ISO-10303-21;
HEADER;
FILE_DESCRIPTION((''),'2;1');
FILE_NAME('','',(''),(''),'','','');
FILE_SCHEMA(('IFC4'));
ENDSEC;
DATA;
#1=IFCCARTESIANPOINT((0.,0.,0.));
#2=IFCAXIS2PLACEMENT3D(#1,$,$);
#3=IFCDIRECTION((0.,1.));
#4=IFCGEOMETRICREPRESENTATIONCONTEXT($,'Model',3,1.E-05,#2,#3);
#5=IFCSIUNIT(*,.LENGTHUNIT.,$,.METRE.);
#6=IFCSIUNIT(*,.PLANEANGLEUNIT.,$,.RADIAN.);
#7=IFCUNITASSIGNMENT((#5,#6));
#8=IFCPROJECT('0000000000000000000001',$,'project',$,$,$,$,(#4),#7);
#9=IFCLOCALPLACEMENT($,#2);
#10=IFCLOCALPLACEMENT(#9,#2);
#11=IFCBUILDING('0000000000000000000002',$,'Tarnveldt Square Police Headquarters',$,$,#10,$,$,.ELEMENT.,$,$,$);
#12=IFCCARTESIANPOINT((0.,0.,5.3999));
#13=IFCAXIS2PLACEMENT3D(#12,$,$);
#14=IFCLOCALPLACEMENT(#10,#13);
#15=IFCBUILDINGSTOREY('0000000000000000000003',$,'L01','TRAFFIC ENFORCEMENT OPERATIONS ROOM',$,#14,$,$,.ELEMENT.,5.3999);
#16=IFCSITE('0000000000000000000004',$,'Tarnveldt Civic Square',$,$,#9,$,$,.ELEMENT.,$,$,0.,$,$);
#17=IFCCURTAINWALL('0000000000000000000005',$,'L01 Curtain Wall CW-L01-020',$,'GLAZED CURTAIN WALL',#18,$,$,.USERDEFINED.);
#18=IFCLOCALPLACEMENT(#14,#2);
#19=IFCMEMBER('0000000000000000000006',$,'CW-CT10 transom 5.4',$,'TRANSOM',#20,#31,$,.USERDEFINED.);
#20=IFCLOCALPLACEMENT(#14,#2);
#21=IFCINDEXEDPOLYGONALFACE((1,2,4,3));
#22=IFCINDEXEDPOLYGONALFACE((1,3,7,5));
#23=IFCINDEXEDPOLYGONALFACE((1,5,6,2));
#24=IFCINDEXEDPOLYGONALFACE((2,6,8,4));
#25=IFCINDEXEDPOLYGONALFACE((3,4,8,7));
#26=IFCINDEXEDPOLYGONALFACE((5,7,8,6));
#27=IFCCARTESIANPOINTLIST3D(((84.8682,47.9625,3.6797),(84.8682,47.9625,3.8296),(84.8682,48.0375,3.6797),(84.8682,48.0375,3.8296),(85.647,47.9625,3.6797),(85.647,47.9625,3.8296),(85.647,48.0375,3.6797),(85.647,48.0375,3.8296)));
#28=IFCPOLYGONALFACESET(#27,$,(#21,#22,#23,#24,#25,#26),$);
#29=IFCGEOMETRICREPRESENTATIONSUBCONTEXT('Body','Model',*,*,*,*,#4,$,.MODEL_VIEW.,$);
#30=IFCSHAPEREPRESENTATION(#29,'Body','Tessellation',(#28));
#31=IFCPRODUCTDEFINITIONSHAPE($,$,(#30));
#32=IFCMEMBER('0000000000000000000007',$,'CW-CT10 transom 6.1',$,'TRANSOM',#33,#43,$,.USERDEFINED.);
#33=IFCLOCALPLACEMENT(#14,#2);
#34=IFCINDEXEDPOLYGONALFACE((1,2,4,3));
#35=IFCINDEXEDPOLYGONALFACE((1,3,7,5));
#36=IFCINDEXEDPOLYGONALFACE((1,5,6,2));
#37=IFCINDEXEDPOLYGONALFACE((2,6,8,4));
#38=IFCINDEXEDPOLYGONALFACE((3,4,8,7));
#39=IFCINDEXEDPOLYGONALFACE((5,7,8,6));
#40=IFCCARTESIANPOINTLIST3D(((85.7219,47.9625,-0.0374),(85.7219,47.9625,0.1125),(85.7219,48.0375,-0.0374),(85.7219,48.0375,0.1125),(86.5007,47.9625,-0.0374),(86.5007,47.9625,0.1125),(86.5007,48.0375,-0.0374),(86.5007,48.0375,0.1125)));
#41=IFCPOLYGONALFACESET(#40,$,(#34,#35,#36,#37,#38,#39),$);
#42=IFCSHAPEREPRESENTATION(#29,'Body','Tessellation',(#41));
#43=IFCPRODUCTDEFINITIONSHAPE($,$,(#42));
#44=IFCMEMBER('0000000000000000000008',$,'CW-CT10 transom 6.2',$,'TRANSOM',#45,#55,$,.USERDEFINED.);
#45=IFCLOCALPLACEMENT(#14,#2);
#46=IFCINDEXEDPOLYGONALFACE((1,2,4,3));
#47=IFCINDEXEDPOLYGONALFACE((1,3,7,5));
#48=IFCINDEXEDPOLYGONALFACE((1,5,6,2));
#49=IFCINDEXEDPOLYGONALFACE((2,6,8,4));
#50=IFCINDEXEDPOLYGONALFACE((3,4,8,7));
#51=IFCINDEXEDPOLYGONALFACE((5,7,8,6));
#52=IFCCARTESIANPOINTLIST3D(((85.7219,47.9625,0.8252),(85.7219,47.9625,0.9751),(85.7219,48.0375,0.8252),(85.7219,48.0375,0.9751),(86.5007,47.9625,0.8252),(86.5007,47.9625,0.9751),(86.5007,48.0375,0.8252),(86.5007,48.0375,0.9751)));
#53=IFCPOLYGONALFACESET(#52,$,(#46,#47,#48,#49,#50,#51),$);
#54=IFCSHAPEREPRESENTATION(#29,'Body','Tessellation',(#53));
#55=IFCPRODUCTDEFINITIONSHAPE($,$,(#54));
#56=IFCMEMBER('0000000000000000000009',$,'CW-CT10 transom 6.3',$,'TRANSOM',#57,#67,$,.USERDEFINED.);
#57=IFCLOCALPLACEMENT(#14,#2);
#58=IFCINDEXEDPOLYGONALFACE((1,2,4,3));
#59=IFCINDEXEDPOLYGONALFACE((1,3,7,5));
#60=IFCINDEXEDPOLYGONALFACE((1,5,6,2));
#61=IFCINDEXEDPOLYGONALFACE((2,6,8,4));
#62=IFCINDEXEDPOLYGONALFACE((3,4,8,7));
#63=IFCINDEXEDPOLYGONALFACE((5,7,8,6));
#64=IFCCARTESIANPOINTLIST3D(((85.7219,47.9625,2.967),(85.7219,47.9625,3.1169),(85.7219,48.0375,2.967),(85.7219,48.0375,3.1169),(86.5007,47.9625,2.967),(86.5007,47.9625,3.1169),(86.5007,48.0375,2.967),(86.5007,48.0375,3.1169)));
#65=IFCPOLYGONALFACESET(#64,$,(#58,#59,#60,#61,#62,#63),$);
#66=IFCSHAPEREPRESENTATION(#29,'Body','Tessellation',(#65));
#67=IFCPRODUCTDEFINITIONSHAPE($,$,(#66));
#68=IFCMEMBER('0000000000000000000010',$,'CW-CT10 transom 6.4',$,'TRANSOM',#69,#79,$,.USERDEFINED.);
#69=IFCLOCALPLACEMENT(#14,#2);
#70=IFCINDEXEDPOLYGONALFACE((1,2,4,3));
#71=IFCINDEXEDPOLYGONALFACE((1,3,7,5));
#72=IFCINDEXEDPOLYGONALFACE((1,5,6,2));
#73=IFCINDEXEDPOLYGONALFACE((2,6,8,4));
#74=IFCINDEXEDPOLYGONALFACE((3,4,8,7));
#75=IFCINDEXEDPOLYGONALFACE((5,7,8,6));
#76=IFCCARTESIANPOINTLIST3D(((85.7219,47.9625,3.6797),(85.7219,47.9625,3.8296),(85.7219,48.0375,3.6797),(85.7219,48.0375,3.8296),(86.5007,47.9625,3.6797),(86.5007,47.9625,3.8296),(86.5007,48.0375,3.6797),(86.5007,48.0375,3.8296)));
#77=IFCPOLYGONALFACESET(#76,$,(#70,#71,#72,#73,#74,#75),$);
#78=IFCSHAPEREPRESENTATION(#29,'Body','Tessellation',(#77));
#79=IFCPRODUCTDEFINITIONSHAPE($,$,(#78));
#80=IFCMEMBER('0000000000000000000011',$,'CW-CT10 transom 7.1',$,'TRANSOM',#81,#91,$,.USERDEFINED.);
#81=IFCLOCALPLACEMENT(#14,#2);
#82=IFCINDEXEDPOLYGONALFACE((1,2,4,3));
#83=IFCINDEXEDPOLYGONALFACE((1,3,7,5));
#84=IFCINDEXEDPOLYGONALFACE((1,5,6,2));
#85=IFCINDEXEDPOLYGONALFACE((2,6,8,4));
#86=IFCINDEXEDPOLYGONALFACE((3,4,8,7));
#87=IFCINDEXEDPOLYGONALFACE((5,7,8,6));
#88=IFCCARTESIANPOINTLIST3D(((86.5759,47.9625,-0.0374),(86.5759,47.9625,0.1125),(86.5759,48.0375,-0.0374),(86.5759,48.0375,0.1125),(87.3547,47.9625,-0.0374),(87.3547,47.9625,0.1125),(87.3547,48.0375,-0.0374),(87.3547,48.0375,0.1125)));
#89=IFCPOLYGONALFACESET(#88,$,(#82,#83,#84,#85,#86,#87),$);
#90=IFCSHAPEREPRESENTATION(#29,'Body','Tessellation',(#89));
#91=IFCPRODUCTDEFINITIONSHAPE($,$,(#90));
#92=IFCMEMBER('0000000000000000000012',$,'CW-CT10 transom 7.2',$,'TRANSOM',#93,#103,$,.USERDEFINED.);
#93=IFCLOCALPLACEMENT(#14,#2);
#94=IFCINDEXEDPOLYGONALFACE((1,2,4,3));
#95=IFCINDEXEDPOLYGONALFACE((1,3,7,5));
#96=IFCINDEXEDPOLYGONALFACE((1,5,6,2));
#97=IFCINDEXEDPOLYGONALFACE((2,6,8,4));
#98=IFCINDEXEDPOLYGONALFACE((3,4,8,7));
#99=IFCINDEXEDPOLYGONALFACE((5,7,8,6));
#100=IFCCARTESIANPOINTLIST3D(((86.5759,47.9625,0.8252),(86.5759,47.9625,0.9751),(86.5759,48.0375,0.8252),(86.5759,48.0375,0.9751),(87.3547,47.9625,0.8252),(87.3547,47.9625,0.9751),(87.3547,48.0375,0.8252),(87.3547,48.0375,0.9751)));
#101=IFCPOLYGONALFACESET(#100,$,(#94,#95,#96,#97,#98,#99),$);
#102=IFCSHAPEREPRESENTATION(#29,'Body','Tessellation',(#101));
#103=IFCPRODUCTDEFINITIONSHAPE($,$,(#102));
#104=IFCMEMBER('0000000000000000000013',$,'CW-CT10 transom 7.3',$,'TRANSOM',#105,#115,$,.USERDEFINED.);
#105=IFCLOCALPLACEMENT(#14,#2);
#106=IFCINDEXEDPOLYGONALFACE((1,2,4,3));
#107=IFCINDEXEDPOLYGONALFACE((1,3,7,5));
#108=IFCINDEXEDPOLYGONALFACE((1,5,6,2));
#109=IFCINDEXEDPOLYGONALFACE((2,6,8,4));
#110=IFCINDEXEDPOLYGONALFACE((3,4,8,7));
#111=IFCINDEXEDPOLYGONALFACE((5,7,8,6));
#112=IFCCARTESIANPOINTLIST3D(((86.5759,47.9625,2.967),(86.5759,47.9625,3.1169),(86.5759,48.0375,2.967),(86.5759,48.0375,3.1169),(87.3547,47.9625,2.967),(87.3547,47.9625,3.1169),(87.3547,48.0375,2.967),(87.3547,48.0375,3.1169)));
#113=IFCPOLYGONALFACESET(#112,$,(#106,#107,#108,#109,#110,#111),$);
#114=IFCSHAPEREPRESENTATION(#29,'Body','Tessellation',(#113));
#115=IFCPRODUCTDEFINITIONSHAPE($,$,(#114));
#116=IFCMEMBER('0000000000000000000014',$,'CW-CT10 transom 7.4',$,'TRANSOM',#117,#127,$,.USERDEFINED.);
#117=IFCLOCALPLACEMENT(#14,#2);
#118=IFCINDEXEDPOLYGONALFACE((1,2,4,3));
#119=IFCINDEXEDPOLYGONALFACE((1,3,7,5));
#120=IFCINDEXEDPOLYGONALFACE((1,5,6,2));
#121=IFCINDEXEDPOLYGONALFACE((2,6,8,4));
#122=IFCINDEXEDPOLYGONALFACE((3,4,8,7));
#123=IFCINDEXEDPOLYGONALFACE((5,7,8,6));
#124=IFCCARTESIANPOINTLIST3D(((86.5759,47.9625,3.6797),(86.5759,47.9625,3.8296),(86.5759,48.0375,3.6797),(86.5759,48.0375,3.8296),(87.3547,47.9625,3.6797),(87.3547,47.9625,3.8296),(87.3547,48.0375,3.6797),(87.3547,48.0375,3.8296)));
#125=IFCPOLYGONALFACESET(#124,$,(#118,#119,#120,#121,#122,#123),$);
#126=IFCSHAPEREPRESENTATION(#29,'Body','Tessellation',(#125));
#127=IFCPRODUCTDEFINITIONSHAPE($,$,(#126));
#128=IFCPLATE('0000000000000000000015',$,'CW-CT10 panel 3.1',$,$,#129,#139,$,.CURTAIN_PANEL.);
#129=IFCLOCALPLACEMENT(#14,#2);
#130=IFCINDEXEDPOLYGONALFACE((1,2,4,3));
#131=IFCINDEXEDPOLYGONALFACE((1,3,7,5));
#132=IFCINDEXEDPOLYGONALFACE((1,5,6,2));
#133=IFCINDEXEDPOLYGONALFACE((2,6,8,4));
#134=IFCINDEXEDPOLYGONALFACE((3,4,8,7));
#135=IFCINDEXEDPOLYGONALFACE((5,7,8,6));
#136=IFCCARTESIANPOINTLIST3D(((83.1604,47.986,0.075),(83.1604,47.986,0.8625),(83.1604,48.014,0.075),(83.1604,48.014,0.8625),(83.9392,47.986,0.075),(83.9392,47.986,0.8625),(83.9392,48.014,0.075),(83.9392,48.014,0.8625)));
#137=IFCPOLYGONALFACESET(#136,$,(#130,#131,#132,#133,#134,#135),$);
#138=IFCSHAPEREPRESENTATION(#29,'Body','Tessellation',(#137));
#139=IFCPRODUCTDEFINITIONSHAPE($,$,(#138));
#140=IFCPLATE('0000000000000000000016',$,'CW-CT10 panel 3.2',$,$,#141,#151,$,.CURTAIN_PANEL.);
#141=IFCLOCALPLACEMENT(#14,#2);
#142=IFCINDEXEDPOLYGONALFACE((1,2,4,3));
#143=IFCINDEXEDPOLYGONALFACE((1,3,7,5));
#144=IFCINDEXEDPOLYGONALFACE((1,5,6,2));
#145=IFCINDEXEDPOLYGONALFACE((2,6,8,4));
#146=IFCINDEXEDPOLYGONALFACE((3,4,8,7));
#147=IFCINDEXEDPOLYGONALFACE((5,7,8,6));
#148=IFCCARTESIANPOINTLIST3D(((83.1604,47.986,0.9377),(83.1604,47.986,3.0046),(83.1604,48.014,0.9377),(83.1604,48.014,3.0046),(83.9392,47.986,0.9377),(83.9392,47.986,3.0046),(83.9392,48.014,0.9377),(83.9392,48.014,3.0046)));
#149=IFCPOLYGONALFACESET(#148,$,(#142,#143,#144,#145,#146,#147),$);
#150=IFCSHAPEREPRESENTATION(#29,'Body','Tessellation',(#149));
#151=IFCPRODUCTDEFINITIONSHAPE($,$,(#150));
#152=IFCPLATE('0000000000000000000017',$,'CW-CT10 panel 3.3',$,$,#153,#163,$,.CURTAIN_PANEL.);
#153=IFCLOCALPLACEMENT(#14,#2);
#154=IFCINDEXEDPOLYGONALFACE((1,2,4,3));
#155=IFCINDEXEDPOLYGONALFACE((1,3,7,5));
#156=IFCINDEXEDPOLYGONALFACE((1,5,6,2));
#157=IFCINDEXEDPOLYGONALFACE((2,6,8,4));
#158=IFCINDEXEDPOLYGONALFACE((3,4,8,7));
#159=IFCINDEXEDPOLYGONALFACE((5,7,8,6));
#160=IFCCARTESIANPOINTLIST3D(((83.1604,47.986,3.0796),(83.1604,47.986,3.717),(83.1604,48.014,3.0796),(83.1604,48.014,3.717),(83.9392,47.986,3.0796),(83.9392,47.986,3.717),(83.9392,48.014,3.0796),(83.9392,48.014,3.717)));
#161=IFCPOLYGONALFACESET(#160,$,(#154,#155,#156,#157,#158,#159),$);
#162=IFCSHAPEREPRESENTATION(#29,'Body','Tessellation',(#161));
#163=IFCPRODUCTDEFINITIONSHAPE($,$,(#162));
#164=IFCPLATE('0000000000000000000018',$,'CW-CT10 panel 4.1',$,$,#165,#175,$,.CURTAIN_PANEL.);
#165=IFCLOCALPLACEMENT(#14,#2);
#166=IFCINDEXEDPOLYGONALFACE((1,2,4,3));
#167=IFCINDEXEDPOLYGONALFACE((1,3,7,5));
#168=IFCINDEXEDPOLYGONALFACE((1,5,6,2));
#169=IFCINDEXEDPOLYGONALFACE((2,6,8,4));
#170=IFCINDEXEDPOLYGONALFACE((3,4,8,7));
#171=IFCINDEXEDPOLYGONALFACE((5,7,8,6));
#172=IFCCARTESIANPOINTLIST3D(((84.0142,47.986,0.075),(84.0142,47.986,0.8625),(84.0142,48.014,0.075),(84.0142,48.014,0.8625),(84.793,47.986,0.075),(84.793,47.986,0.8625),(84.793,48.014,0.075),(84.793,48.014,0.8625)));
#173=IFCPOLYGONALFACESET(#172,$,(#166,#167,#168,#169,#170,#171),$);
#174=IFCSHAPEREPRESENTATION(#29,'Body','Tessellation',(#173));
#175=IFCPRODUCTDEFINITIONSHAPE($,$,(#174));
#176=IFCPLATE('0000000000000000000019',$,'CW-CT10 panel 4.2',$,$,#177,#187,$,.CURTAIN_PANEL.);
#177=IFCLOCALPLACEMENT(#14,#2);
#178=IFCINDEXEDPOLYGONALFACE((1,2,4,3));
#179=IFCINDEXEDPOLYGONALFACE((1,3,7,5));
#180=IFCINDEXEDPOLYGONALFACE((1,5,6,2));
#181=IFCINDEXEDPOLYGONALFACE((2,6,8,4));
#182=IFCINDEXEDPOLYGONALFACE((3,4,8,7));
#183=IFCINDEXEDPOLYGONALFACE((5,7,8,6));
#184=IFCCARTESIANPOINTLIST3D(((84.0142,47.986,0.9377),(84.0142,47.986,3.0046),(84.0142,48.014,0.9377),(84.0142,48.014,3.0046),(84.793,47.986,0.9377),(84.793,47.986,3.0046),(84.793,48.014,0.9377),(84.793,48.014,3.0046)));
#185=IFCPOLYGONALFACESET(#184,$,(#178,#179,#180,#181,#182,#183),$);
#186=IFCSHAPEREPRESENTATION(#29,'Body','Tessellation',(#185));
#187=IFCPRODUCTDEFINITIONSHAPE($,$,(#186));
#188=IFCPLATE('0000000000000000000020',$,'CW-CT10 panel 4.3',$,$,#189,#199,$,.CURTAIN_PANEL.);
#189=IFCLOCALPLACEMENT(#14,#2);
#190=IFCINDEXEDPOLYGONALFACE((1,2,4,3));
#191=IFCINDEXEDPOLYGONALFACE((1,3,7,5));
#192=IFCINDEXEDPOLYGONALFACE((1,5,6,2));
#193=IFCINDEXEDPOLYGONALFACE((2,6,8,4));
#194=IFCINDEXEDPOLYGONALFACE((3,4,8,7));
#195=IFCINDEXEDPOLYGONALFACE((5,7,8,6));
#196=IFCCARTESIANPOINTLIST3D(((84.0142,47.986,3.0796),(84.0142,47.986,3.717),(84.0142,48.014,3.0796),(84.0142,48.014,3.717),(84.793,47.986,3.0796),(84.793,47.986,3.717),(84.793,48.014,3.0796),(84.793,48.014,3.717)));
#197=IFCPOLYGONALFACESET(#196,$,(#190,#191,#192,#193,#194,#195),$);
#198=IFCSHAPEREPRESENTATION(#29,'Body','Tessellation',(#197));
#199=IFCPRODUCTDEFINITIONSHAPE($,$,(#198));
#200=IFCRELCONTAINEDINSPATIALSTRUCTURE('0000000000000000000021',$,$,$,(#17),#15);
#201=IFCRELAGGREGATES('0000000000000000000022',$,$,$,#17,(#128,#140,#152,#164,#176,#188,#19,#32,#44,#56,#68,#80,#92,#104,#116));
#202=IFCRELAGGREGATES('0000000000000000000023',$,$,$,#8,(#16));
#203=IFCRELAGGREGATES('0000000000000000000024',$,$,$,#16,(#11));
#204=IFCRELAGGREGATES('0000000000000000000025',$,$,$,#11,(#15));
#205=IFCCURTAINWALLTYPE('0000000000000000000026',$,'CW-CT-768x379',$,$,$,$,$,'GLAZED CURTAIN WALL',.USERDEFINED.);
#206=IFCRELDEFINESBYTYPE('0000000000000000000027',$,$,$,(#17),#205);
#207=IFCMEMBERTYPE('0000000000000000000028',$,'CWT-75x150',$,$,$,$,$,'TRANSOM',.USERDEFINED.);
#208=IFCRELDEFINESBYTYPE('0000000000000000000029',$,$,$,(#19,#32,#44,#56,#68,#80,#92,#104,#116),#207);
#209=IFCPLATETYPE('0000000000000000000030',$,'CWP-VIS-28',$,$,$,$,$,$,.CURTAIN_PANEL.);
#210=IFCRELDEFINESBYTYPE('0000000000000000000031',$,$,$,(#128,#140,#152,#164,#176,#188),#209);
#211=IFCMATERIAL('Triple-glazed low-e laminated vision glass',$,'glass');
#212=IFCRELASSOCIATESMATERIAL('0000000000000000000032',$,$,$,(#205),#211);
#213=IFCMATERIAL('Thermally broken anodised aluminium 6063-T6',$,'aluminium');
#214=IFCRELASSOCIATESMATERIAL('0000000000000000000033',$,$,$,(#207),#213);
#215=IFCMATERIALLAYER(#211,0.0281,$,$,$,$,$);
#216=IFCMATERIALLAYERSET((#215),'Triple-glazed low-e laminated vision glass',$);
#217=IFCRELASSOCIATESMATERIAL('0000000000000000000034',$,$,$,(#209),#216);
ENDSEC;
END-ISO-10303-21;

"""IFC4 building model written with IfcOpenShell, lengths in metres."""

from ifc_helpers import new_model, si_unit, direction, frame, origin, origin_2d, place, context, subcontext, project, spatial, rectangle, extrude, material, layer, layer_set, material_profile, profile_set, type_object, element, aggregate, save


model = new_model("IFC4")

# Units and contexts
model_context = context("Model", 3, precision=1e-05, world=origin(), true_north=direction((0.0, 1.0)))
body_context = subcontext(model_context, "Body", "Model", "MODEL_VIEW")
ifc_project = project(units=[si_unit("LENGTHUNIT", "METRE"), si_unit("PLANEANGLEUNIT", "RADIAN")], contexts=[model_context])

# Site, building, storey
site_placement = place(None, origin())
site = spatial("IfcSite", under=ifc_project, at=site_placement, Name="Tarnveldt Civic Square", CompositionType="ELEMENT", RefElevation=0.0)
building_placement = place(site_placement, origin())
building = spatial("IfcBuilding", under=site, at=building_placement, Name="Tarnveldt Square Police Headquarters", CompositionType="ELEMENT")
storey_placement = place(building_placement, frame((0.0, 0.0, 5.3999)))
storey = spatial("IfcBuildingStorey", under=building, at=storey_placement, Name="L01", Description="TRAFFIC ENFORCEMENT OPERATIONS ROOM", CompositionType="ELEMENT", Elevation=5.3999)

# Curtain wall, members, plates
ifc_material_1 = material(Name="Triple-glazed low-e laminated vision glass", Category="glass")
curtain_wall_type = type_object("IfcCurtainWallType", Name="CW-CT-768x379", ElementType="GLAZED CURTAIN WALL", PredefinedType="USERDEFINED", material=ifc_material_1)
curtain_wall_placement = place(storey_placement, origin())
curtain_wall = element("IfcCurtainWall", 1, at=curtain_wall_placement, inside=storey, type_object=curtain_wall_type, Name="L01 Curtain Wall CW-L01-020", ObjectType="GLAZED CURTAIN WALL", PredefinedType="USERDEFINED")
ifc_material_2 = material(Name="Thermally broken anodised aluminium 6063-T6", Category="aluminium")
ifc_material_profile_1 = material_profile(ifc_material_2, rectangle(XDim=0.075, YDim=0.1499, at=origin_2d()), Name="CW-T75x150")
ifc_profile_set_1 = profile_set([ifc_material_profile_1], Name="Thermally broken anodised aluminium 6063-T6")
member_type_1 = type_object("IfcMemberType", Name="CWT-75x150", ElementType="TRANSOM", PredefinedType="USERDEFINED", material=ifc_profile_set_1)
member_1_placement = place(storey_placement, frame((84.8682, 48.0, 3.7546), z_axis=(1.0, 0.0, 0.0), x_axis=(0.0, 1.0, 0.0)))
member_1 = element("IfcMember", 2, at=member_1_placement, type_object=member_type_1, Name="CW-CT10 transom 5.4", ObjectType="TRANSOM", PredefinedType="USERDEFINED", context=body_context, shape_type="SweptSolid", body=[
    extrude(rectangle(XDim=0.075, YDim=0.1499, at=origin_2d()), origin(), (0.0, 0.0, 1.0), 0.7788),
])
member_2_placement = place(storey_placement, frame((85.7219, 48.0, 0.0376), z_axis=(1.0, 0.0, 0.0), x_axis=(0.0, 1.0, 0.0)))
member_2 = element("IfcMember", 3, at=member_2_placement, type_object=member_type_1, Name="CW-CT10 transom 6.1", ObjectType="TRANSOM", PredefinedType="USERDEFINED", context=body_context, shape_type="SweptSolid", body=[
    extrude(rectangle(XDim=0.075, YDim=0.1499, at=origin_2d()), origin(), (0.0, 0.0, 1.0), 0.7788),
])
member_3_placement = place(storey_placement, frame((85.7219, 48.0, 0.9001), z_axis=(1.0, 0.0, 0.0), x_axis=(0.0, 1.0, 0.0)))
member_3 = element("IfcMember", 4, at=member_3_placement, type_object=member_type_1, Name="CW-CT10 transom 6.2", ObjectType="TRANSOM", PredefinedType="USERDEFINED", context=body_context, shape_type="SweptSolid", body=[
    extrude(rectangle(XDim=0.075, YDim=0.1499, at=origin_2d()), origin(), (0.0, 0.0, 1.0), 0.7788),
])
member_4_placement = place(storey_placement, frame((85.7219, 48.0, 3.042), z_axis=(1.0, 0.0, 0.0), x_axis=(0.0, 1.0, 0.0)))
member_4 = element("IfcMember", 5, at=member_4_placement, type_object=member_type_1, Name="CW-CT10 transom 6.3", ObjectType="TRANSOM", PredefinedType="USERDEFINED", context=body_context, shape_type="SweptSolid", body=[
    extrude(rectangle(XDim=0.075, YDim=0.1499, at=origin_2d()), origin(), (0.0, 0.0, 1.0), 0.7788),
])
member_5_placement = place(storey_placement, frame((85.7219, 48.0, 3.7546), z_axis=(1.0, 0.0, 0.0), x_axis=(0.0, 1.0, 0.0)))
member_5 = element("IfcMember", 6, at=member_5_placement, type_object=member_type_1, Name="CW-CT10 transom 6.4", ObjectType="TRANSOM", PredefinedType="USERDEFINED", context=body_context, shape_type="SweptSolid", body=[
    extrude(rectangle(XDim=0.075, YDim=0.1499, at=origin_2d()), origin(), (0.0, 0.0, 1.0), 0.7788),
])
member_6_placement = place(storey_placement, frame((86.5759, 48.0, 0.0376), z_axis=(1.0, 0.0, 0.0), x_axis=(0.0, 1.0, 0.0)))
member_6 = element("IfcMember", 7, at=member_6_placement, type_object=member_type_1, Name="CW-CT10 transom 7.1", ObjectType="TRANSOM", PredefinedType="USERDEFINED", context=body_context, shape_type="SweptSolid", body=[
    extrude(rectangle(XDim=0.075, YDim=0.1499, at=origin_2d()), origin(), (0.0, 0.0, 1.0), 0.7788),
])
member_7_placement = place(storey_placement, frame((86.5759, 48.0, 0.9001), z_axis=(1.0, 0.0, 0.0), x_axis=(0.0, 1.0, 0.0)))
member_7 = element("IfcMember", 8, at=member_7_placement, type_object=member_type_1, Name="CW-CT10 transom 7.2", ObjectType="TRANSOM", PredefinedType="USERDEFINED", context=body_context, shape_type="SweptSolid", body=[
    extrude(rectangle(XDim=0.075, YDim=0.1499, at=origin_2d()), origin(), (0.0, 0.0, 1.0), 0.7788),
])
member_8_placement = place(storey_placement, frame((86.5759, 48.0, 3.042), z_axis=(1.0, 0.0, 0.0), x_axis=(0.0, 1.0, 0.0)))
member_8 = element("IfcMember", 9, at=member_8_placement, type_object=member_type_1, Name="CW-CT10 transom 7.3", ObjectType="TRANSOM", PredefinedType="USERDEFINED", context=body_context, shape_type="SweptSolid", body=[
    extrude(rectangle(XDim=0.075, YDim=0.1499, at=origin_2d()), origin(), (0.0, 0.0, 1.0), 0.7788),
])
member_9_placement = place(storey_placement, frame((86.5759, 48.0, 3.7546), z_axis=(1.0, 0.0, 0.0), x_axis=(0.0, 1.0, 0.0)))
member_9 = element("IfcMember", 10, at=member_9_placement, type_object=member_type_1, Name="CW-CT10 transom 7.4", ObjectType="TRANSOM", PredefinedType="USERDEFINED", context=body_context, shape_type="SweptSolid", body=[
    extrude(rectangle(XDim=0.075, YDim=0.1499, at=origin_2d()), origin(), (0.0, 0.0, 1.0), 0.7788),
])
ifc_layer = layer(ifc_material_1, 0.0281)
ifc_layer_set = layer_set([ifc_layer], Name="Triple-glazed low-e laminated vision glass")
plate_type = type_object("IfcPlateType", Name="CWP-VIS-28", PredefinedType="CURTAIN_PANEL", material=ifc_layer_set)
plate_1_placement = place(storey_placement, frame((83.5498, 48.0, 0.075), z_axis=(0.0, 0.0, 1.0), x_axis=(1.0, 0.0, 0.0)))
plate_1 = element("IfcPlate", 11, at=plate_1_placement, type_object=plate_type, Name="CW-CT10 panel 3.1", PredefinedType="CURTAIN_PANEL", context=body_context, shape_type="SweptSolid", body=[
    extrude(rectangle(XDim=0.7788, YDim=0.0281, at=origin_2d()), origin(), (0.0, 0.0, 1.0), 0.7876),
])
plate_2_placement = place(storey_placement, frame((83.5498, 48.0, 0.9377), z_axis=(0.0, 0.0, 1.0), x_axis=(1.0, 0.0, 0.0)))
plate_2 = element("IfcPlate", 12, at=plate_2_placement, type_object=plate_type, Name="CW-CT10 panel 3.2", PredefinedType="CURTAIN_PANEL", context=body_context, shape_type="SweptSolid", body=[
    extrude(rectangle(XDim=0.7788, YDim=0.0281, at=origin_2d()), origin(), (0.0, 0.0, 1.0), 2.0669),
])
plate_3_placement = place(storey_placement, frame((83.5498, 48.0, 3.0796), z_axis=(0.0, 0.0, 1.0), x_axis=(1.0, 0.0, 0.0)))
plate_3 = element("IfcPlate", 13, at=plate_3_placement, type_object=plate_type, Name="CW-CT10 panel 3.3", PredefinedType="CURTAIN_PANEL", context=body_context, shape_type="SweptSolid", body=[
    extrude(rectangle(XDim=0.7788, YDim=0.0281, at=origin_2d()), origin(), (0.0, 0.0, 1.0), 0.6375),
])
plate_4_placement = place(storey_placement, frame((84.4036, 48.0, 0.075), z_axis=(0.0, 0.0, 1.0), x_axis=(1.0, 0.0, 0.0)))
plate_4 = element("IfcPlate", 14, at=plate_4_placement, type_object=plate_type, Name="CW-CT10 panel 4.1", PredefinedType="CURTAIN_PANEL", context=body_context, shape_type="SweptSolid", body=[
    extrude(rectangle(XDim=0.7788, YDim=0.0281, at=origin_2d()), origin(), (0.0, 0.0, 1.0), 0.7876),
])
plate_5_placement = place(storey_placement, frame((84.4036, 48.0, 0.9377), z_axis=(0.0, 0.0, 1.0), x_axis=(1.0, 0.0, 0.0)))
plate_5 = element("IfcPlate", 15, at=plate_5_placement, type_object=plate_type, Name="CW-CT10 panel 4.2", PredefinedType="CURTAIN_PANEL", context=body_context, shape_type="SweptSolid", body=[
    extrude(rectangle(XDim=0.7788, YDim=0.0281, at=origin_2d()), origin(), (0.0, 0.0, 1.0), 2.0669),
])
plate_6_placement = place(storey_placement, frame((84.4036, 48.0, 3.0796), z_axis=(0.0, 0.0, 1.0), x_axis=(1.0, 0.0, 0.0)))
plate_6 = element("IfcPlate", 16, at=plate_6_placement, type_object=plate_type, Name="CW-CT10 panel 4.3", PredefinedType="CURTAIN_PANEL", context=body_context, shape_type="SweptSolid", body=[
    extrude(rectangle(XDim=0.7788, YDim=0.0281, at=origin_2d()), origin(), (0.0, 0.0, 1.0), 0.6375),
])
aggregate(curtain_wall, [plate_1, plate_2, plate_3, plate_4, plate_5, plate_6, member_1, member_2, member_3, member_4, member_5, member_6, member_7, member_8, member_9])

save(model, "model.ifc")
